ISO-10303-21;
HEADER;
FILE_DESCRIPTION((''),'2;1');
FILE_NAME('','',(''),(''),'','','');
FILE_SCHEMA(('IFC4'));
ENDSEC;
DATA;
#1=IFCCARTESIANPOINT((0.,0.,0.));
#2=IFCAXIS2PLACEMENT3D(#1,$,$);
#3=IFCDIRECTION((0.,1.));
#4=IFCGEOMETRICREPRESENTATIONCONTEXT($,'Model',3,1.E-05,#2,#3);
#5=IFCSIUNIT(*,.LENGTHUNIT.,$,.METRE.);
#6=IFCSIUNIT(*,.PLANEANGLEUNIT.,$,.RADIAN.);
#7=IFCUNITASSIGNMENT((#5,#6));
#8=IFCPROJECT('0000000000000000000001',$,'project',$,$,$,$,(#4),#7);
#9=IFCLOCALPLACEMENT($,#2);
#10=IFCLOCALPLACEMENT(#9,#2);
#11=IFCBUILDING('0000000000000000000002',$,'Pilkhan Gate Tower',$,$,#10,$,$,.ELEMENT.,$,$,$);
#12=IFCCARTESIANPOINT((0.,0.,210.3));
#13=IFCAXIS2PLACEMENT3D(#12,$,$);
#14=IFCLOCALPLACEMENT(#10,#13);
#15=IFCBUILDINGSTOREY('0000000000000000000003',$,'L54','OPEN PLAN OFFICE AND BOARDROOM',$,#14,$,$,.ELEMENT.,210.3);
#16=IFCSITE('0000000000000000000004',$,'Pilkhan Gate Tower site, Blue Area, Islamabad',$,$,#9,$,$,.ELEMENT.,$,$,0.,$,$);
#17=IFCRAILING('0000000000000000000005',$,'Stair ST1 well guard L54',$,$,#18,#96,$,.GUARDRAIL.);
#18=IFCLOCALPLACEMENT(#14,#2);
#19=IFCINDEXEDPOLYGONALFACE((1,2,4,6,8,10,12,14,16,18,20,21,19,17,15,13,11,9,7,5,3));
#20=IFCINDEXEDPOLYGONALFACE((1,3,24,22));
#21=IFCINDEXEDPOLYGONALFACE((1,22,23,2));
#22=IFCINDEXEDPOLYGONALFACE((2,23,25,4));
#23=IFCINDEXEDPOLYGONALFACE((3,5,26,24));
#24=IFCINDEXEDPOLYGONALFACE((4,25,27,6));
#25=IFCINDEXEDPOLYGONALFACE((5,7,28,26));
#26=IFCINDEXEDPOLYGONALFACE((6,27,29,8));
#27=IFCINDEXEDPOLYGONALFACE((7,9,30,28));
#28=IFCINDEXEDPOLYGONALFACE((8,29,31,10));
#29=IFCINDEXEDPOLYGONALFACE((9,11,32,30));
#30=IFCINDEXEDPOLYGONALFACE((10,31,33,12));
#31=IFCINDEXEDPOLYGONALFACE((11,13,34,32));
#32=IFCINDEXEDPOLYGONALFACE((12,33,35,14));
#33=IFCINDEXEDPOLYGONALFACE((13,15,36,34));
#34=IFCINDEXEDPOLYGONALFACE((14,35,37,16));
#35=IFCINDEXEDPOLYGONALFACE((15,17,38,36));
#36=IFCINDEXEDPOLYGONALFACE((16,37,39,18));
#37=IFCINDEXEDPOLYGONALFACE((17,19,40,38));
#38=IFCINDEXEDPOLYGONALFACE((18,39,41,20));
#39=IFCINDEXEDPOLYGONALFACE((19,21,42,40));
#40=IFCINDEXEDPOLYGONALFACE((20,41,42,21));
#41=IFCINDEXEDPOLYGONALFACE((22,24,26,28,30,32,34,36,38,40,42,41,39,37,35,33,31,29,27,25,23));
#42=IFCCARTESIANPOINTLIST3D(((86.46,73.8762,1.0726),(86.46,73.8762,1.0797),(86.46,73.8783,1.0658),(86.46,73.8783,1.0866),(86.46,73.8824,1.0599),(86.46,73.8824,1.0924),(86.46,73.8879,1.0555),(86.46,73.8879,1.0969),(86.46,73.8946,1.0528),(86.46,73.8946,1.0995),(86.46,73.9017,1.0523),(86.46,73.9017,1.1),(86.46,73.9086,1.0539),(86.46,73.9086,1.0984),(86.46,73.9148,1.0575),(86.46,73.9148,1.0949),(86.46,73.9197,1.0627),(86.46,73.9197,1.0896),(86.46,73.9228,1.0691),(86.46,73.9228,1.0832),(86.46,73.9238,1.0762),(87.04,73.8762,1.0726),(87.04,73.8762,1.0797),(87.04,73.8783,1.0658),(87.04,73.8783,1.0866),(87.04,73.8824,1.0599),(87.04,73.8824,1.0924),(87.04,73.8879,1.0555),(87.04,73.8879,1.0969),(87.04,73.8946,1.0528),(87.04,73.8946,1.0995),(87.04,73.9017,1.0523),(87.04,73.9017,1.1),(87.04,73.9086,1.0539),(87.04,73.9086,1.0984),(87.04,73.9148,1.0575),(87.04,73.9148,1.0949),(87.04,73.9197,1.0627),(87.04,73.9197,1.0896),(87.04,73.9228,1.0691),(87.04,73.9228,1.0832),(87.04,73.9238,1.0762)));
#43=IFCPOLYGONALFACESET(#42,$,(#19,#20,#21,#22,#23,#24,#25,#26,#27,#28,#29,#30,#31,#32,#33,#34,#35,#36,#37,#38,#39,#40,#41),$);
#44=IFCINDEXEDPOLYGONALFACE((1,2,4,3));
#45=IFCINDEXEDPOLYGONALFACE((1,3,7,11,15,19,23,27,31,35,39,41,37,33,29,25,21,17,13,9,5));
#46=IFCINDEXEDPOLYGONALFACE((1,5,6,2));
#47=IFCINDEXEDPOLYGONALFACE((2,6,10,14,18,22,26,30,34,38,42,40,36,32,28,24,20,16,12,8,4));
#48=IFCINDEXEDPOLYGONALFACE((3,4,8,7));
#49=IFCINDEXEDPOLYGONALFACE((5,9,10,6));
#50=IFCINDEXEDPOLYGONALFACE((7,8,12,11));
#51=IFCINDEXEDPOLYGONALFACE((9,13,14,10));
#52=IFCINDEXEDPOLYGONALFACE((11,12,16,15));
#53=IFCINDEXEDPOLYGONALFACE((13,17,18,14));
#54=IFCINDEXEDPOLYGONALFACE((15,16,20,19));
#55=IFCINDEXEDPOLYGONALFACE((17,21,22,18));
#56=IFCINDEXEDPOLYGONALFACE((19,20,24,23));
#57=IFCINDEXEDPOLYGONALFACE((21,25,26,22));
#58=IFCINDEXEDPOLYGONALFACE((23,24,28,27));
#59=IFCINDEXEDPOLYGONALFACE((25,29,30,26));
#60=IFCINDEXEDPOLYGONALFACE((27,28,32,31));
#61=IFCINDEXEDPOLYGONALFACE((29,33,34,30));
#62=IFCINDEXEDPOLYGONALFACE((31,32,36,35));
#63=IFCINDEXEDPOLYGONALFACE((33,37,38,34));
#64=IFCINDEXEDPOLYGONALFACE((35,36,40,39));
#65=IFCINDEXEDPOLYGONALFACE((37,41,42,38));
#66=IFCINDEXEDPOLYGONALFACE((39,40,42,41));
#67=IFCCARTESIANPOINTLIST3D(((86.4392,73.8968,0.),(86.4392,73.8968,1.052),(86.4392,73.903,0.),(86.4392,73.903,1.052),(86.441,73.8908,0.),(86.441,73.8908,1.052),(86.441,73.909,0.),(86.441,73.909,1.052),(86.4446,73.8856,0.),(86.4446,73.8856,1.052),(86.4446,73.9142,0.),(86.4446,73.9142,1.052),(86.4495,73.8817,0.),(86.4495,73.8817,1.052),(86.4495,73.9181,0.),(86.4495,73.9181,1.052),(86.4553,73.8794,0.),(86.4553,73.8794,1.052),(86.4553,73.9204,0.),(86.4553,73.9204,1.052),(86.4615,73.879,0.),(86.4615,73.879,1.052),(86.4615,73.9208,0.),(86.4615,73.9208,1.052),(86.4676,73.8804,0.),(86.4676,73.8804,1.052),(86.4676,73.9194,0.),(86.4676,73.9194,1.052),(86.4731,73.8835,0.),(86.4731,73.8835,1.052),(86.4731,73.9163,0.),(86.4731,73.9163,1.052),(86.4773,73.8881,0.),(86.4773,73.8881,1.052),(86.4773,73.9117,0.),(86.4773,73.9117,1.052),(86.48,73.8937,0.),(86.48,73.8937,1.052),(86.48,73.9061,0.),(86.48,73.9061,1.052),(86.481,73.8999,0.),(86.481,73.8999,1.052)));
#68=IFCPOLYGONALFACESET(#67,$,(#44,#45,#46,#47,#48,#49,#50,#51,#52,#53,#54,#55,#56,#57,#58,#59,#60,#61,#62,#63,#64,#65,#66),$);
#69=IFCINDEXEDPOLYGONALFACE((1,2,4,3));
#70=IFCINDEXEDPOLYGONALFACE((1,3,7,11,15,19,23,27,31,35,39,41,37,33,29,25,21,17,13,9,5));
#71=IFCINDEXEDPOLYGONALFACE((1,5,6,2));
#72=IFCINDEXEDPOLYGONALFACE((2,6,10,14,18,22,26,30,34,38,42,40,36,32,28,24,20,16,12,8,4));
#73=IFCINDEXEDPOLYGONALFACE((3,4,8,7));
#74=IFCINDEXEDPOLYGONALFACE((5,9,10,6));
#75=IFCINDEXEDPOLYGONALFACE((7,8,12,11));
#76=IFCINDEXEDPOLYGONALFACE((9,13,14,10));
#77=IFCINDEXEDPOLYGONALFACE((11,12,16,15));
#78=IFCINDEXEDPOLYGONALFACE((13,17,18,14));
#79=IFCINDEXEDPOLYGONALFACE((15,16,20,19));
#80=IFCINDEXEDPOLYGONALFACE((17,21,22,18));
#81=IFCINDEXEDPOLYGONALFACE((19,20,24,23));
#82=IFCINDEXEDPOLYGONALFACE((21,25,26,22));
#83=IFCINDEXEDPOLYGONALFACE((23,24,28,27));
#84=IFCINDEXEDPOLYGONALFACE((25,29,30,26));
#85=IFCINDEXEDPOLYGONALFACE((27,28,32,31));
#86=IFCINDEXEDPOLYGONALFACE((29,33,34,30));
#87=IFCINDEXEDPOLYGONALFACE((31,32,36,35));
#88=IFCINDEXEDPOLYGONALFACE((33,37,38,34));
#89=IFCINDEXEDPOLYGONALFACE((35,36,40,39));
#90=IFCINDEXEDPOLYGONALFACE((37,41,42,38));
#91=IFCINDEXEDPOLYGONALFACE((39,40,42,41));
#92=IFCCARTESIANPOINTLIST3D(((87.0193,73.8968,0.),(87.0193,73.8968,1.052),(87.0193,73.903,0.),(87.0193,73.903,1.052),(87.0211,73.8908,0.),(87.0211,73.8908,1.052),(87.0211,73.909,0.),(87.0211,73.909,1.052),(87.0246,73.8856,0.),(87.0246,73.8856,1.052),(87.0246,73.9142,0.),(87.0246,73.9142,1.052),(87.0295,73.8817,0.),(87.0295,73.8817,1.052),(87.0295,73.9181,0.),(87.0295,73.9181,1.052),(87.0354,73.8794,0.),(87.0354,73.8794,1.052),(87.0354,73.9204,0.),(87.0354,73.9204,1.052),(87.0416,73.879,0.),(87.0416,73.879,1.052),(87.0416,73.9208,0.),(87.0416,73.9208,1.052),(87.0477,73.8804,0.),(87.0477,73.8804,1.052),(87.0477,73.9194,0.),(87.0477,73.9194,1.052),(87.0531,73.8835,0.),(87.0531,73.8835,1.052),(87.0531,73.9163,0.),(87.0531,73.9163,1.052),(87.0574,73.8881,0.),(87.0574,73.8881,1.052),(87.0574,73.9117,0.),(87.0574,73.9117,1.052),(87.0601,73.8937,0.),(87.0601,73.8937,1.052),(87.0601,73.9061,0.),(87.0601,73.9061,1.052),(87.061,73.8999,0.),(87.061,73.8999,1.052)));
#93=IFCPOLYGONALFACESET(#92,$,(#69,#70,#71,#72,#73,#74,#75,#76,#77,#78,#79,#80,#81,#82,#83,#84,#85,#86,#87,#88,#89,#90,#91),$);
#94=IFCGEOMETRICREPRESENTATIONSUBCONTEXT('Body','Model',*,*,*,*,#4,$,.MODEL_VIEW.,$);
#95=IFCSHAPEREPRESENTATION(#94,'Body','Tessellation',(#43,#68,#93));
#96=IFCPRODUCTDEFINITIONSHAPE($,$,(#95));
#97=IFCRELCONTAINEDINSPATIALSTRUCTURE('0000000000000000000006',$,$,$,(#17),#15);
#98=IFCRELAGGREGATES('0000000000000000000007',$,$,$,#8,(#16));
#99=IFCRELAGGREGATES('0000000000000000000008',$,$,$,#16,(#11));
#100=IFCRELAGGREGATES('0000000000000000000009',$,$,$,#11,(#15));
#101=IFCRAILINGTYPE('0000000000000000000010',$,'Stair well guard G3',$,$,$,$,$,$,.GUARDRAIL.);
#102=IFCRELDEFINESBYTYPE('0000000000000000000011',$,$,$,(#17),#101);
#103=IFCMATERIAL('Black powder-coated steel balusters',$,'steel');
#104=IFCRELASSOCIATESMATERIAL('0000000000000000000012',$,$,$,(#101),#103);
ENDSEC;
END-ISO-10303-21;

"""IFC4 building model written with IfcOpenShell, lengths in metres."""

from ifc_helpers import new_model, si_unit, direction, frame, origin, origin_2d, place, context, subcontext, project, spatial, circle, extrude, material, type_object, element, save


model = new_model("IFC4")

# Units and contexts
model_context = context("Model", 3, precision=1e-05, world=origin(), true_north=direction((0.0, 1.0)))
body_context = subcontext(model_context, "Body", "Model", "MODEL_VIEW")
ifc_project = project(units=[si_unit("LENGTHUNIT", "METRE"), si_unit("PLANEANGLEUNIT", "RADIAN")], contexts=[model_context])

# Site, building, storey
site_placement = place(None, origin())
site = spatial("IfcSite", under=ifc_project, at=site_placement, Name="Pilkhan Gate Tower site, Blue Area, Islamabad", CompositionType="ELEMENT", RefElevation=0.0)
building_placement = place(site_placement, origin())
building = spatial("IfcBuilding", under=site, at=building_placement, Name="Pilkhan Gate Tower", CompositionType="ELEMENT")
storey_placement = place(building_placement, frame((0.0, 0.0, 210.3)))
storey = spatial("IfcBuildingStorey", under=building, at=storey_placement, Name="L54", Description="OPEN PLAN OFFICE AND BOARDROOM", CompositionType="ELEMENT", Elevation=210.3)

# Railing
ifc_material_1 = material(Name="Black powder-coated steel balusters", Category="steel")
railing_type_1 = type_object("IfcRailingType", Name="Stair well guard G3", PredefinedType="GUARDRAIL", material=ifc_material_1)
railing_1_placement = place(storey_placement, frame((86.46, 73.8999, 0.0)))
element("IfcRailing", 1, at=railing_1_placement, inside=storey, type_object=railing_type_1, Name="Stair ST1 well guard L54", PredefinedType="GUARDRAIL", context=body_context, shape_type="SweptSolid", body=[
    extrude(circle(Radius=0.0239, at=origin_2d()), frame((0.0, 0.0, 1.0762), z_axis=(1.0, 0.0, 0.0), x_axis=(0.0, 1.0, 0.0)), (0.0, 0.0, 1.0), 0.5801),
    extrude(circle(Radius=0.021, at=origin_2d()), origin(), (0.0, 0.0, 1.0), 1.052),
    extrude(circle(Radius=0.021, at=origin_2d()), frame((0.5801, 0.0, 0.0)), (0.0, 0.0, 1.0), 1.052),
])

save(model, "model.ifc")
